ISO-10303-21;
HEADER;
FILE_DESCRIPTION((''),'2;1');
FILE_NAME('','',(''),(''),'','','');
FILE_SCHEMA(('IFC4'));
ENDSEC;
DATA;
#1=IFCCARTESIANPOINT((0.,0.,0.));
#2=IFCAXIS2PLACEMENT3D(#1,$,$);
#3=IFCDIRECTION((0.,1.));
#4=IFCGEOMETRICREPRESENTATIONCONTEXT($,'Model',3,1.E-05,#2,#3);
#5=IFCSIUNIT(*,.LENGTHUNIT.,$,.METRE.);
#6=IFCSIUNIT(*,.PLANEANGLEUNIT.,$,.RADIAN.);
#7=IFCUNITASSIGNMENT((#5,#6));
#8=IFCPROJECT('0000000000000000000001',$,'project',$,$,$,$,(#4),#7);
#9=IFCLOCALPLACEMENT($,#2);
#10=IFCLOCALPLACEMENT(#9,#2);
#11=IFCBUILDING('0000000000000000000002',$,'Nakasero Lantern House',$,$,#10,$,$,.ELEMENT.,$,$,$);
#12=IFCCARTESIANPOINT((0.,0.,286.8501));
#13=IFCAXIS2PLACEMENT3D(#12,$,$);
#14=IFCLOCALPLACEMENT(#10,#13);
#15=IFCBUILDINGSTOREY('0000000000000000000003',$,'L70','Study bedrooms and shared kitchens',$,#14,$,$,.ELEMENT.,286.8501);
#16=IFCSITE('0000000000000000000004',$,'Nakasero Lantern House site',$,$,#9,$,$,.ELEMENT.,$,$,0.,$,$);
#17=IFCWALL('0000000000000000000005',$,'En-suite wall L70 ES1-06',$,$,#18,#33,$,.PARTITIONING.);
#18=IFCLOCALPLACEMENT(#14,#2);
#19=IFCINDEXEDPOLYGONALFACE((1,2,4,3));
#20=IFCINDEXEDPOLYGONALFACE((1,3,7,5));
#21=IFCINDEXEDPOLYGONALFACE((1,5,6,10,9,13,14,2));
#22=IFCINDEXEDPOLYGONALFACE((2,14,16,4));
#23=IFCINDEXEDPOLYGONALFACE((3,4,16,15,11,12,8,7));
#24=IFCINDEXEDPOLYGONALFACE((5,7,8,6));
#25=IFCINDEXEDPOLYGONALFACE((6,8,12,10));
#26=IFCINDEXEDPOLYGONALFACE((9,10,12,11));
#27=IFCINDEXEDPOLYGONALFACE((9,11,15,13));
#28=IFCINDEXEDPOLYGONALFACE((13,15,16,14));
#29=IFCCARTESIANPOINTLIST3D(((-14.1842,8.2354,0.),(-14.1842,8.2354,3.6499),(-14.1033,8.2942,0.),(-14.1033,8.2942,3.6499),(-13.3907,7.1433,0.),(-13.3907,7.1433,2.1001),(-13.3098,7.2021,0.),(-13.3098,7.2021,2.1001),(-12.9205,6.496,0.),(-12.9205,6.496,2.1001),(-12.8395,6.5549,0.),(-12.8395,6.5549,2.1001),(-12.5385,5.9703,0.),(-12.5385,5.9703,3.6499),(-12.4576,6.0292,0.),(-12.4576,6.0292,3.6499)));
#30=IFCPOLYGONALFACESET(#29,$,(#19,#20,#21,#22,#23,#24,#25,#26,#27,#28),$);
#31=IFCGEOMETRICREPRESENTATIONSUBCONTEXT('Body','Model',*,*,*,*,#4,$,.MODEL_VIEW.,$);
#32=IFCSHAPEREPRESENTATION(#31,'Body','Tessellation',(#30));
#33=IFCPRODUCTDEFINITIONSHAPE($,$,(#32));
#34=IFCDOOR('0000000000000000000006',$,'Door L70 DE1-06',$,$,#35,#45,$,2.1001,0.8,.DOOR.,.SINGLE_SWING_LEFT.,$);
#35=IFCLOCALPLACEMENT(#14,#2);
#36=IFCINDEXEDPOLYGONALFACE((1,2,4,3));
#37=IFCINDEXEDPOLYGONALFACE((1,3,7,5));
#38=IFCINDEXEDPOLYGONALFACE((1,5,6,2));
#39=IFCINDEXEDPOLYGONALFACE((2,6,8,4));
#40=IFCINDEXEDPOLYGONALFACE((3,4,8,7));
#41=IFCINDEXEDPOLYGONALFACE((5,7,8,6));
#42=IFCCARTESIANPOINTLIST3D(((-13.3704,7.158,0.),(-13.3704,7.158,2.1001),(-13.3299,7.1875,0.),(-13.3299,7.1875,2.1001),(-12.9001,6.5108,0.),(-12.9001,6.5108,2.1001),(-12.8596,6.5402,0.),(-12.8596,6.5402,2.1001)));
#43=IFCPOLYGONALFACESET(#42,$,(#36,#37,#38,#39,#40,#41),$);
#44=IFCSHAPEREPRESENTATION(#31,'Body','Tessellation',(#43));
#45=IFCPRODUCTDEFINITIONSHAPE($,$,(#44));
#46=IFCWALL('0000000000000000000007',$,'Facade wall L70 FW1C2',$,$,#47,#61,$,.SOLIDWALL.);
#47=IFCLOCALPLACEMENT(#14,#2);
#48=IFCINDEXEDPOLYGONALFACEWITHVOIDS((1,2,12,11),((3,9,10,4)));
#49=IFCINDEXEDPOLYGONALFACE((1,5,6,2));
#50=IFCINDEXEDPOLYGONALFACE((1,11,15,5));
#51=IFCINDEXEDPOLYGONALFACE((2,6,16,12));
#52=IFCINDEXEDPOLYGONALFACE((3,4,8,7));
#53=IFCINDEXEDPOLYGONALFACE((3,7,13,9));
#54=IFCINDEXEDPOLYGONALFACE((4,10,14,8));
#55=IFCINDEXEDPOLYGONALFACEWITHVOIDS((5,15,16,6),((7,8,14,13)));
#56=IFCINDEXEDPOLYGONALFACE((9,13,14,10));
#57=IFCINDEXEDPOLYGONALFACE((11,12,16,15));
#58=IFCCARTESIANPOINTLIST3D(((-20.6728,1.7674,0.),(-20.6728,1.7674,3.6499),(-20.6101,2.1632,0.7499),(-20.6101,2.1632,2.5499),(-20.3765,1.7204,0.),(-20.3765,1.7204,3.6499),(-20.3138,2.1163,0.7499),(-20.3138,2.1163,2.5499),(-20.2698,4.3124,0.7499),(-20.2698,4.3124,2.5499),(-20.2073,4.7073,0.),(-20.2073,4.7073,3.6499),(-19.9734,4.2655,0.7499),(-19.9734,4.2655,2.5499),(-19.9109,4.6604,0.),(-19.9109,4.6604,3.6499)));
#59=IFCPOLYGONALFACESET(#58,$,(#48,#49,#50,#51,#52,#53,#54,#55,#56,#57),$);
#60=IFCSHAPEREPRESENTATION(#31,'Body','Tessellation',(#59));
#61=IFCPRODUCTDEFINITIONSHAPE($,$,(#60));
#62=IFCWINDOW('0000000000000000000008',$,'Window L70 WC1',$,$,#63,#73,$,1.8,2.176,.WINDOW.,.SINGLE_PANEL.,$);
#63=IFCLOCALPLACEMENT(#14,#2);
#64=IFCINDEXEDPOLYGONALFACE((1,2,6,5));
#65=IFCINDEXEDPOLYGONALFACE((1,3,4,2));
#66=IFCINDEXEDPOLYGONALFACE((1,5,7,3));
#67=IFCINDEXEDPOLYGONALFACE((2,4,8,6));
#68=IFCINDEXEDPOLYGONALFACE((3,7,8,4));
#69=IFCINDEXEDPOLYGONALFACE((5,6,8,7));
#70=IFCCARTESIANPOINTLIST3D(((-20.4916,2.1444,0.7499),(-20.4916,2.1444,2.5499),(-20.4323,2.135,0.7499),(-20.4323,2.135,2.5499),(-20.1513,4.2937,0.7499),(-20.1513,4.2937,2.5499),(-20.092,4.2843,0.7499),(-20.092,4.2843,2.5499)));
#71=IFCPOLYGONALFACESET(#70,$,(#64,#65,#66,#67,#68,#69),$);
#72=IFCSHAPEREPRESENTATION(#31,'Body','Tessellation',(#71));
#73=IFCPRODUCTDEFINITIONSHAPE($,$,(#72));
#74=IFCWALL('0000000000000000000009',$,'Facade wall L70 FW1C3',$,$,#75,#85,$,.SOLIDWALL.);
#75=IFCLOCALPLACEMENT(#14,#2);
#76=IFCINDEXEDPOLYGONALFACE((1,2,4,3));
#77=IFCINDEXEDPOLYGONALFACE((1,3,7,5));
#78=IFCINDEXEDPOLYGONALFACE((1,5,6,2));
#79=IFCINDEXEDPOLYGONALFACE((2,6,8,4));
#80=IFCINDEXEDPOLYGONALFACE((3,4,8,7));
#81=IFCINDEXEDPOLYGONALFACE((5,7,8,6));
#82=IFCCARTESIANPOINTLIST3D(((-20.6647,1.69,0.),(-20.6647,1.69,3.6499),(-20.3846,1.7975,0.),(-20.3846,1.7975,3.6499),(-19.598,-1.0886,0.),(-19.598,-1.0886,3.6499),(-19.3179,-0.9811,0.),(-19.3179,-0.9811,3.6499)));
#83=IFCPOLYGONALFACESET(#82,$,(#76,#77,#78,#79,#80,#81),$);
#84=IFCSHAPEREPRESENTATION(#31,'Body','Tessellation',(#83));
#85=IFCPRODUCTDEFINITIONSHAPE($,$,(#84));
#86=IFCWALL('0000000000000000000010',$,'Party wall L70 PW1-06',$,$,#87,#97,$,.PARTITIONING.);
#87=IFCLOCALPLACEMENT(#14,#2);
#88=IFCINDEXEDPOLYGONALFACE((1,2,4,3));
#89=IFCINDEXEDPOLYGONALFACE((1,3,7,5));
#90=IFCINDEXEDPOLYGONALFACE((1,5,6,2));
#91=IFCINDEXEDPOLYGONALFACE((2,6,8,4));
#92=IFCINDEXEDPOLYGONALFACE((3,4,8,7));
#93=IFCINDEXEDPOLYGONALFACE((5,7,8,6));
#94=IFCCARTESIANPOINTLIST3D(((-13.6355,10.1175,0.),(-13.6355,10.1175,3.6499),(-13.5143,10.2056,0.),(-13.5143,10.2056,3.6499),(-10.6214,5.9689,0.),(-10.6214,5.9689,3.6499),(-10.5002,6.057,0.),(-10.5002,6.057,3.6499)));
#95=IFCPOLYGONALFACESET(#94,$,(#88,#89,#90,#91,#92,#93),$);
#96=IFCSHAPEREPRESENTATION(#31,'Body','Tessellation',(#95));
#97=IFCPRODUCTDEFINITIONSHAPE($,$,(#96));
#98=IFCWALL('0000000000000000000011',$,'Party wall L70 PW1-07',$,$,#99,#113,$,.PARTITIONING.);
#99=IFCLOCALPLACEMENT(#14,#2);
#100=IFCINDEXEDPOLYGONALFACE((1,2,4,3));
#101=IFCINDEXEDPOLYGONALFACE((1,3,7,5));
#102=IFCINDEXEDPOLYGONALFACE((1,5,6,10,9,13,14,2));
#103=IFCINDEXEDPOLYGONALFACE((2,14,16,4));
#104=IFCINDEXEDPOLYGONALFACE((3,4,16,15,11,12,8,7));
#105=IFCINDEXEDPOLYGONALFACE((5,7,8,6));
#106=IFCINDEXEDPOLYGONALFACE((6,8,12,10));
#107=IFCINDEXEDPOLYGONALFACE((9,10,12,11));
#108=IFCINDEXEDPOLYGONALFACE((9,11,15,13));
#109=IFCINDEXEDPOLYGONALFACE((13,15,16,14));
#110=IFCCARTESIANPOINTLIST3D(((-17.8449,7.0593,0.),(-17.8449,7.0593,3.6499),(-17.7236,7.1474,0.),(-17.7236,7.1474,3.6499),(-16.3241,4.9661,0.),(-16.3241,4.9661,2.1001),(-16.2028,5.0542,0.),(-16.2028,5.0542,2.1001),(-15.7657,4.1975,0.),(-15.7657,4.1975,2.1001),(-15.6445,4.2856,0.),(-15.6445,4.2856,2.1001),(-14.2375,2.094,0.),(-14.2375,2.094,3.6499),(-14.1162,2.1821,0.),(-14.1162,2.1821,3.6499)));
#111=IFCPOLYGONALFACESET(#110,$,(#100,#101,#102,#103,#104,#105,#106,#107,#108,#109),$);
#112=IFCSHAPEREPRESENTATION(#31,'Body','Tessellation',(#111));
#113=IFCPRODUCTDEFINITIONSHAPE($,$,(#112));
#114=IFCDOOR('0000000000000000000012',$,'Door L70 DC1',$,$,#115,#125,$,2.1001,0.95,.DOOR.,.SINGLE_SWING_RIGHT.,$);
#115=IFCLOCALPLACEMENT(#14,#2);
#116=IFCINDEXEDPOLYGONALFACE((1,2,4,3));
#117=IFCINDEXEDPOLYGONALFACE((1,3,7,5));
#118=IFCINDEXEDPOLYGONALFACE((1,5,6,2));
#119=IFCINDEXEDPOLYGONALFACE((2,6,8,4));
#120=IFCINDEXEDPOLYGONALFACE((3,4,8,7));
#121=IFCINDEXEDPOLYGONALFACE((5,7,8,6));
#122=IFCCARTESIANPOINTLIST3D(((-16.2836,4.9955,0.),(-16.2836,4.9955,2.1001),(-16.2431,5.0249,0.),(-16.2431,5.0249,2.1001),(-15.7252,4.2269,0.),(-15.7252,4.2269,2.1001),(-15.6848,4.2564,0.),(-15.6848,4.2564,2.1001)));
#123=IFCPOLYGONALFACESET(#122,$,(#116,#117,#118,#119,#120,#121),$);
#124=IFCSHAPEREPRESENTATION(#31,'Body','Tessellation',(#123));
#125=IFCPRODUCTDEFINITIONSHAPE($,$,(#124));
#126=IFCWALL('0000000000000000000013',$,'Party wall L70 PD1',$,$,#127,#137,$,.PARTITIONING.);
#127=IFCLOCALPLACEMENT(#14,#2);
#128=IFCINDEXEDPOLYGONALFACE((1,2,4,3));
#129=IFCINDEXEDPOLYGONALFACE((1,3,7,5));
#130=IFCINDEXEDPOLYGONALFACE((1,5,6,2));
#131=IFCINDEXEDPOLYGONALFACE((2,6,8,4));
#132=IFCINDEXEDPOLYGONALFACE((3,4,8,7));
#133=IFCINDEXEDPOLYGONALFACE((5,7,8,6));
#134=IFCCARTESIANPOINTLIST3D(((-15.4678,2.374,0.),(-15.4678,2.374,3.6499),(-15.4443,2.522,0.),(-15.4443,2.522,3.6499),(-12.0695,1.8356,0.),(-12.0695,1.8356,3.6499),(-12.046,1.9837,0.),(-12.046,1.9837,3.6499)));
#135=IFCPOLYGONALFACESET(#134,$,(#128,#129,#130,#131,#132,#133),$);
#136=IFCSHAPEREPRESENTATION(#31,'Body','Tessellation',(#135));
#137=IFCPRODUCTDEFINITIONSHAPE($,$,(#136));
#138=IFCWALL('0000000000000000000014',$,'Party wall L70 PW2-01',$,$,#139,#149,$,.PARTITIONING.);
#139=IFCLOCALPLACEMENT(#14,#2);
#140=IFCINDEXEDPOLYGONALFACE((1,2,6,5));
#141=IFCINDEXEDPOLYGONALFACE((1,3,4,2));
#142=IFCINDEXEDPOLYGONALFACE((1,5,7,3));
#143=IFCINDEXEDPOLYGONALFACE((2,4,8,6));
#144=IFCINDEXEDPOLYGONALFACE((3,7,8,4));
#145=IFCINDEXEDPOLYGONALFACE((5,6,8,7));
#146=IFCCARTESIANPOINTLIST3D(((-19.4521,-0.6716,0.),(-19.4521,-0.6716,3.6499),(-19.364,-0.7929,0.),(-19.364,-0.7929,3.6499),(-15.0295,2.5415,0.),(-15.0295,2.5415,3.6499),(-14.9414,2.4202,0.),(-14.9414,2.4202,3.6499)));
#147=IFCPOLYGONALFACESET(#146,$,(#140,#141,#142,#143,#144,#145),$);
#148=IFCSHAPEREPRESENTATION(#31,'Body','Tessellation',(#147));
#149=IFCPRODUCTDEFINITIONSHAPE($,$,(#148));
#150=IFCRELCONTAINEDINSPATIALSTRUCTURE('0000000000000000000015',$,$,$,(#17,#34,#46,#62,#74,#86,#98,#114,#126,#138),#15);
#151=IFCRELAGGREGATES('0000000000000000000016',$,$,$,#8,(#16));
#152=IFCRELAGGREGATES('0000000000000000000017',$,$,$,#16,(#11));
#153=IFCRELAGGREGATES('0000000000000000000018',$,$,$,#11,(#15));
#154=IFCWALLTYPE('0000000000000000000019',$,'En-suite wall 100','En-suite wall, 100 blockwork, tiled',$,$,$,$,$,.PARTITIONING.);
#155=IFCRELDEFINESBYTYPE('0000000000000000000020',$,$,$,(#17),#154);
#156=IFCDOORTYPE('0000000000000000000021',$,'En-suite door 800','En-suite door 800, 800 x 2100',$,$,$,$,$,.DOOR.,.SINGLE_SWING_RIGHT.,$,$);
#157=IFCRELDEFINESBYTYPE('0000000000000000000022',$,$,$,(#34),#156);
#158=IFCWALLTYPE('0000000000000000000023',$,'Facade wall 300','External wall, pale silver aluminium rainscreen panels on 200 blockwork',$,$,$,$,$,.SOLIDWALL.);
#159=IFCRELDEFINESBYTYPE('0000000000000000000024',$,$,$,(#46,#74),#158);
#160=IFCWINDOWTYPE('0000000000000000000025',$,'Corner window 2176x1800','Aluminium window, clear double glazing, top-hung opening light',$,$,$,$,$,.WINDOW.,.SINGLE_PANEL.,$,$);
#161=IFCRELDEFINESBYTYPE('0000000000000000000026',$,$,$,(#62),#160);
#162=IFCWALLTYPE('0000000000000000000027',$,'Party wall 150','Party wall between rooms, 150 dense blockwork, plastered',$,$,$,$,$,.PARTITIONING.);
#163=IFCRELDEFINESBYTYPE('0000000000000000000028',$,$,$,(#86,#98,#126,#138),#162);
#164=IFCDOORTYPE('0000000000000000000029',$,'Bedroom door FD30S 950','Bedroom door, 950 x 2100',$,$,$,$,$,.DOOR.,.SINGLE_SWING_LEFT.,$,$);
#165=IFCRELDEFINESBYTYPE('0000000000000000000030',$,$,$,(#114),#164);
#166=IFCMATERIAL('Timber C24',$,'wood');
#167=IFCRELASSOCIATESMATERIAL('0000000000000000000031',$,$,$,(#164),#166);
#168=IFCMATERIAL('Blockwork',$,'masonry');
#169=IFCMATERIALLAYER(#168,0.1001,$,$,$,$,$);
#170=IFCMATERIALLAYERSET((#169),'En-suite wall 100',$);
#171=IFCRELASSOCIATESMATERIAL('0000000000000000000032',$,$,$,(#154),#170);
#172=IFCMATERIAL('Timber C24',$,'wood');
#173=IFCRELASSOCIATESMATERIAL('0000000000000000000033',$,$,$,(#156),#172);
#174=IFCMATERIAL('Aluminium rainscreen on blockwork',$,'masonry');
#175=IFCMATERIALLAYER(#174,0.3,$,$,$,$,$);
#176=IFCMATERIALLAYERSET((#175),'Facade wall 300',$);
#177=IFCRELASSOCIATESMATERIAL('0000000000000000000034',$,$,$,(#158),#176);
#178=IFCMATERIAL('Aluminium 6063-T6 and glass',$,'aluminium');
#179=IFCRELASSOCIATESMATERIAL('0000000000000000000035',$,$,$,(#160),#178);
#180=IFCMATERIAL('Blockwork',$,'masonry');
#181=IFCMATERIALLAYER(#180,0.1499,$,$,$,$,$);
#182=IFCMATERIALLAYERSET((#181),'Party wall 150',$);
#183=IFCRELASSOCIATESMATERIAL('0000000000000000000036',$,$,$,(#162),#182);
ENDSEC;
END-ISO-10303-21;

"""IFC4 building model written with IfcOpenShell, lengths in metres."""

from ifc_helpers import new_model, si_unit, direction, frame, frame_2d, origin, place, context, subcontext, project, spatial, rectangle, extrude, material, layer, layer_set, type_object, element, fill, save


model = new_model("IFC4")

# Units and contexts
model_context = context("Model", 3, precision=1e-05, world=origin(), true_north=direction((0.0, 1.0)))
body_context = subcontext(model_context, "Body", "Model", "MODEL_VIEW")
ifc_project = project(units=[si_unit("LENGTHUNIT", "METRE"), si_unit("PLANEANGLEUNIT", "RADIAN")], contexts=[model_context])

# Site, building, storey
site_placement = place(None, origin())
site = spatial("IfcSite", under=ifc_project, at=site_placement, Name="Nakasero Lantern House site", CompositionType="ELEMENT", RefElevation=0.0)
building_placement = place(site_placement, origin())
building = spatial("IfcBuilding", under=site, at=building_placement, Name="Nakasero Lantern House", CompositionType="ELEMENT")
storey_placement = place(building_placement, frame((0.0, 0.0, 286.8501)))
storey = spatial("IfcBuildingStorey", under=building, at=storey_placement, Name="L70", Description="Study bedrooms and shared kitchens", CompositionType="ELEMENT", Elevation=286.8501)

# Wall, opening, door
ifc_material_1 = material(Name="Timber C24", Category="wood")
door_type_1 = type_object("IfcDoorType", Name="Bedroom door FD30S 950", Description="Bedroom door, 950 x 2100", OperationType="SINGLE_SWING_LEFT", PredefinedType="DOOR", material=ifc_material_1)
ifc_material_2 = material(Name="Blockwork", Category="masonry")
ifc_layer_1 = layer(ifc_material_2, 0.1001)
ifc_layer_set_1 = layer_set([ifc_layer_1], Name="En-suite wall 100")
wall_type_1 = type_object("IfcWallType", Name="En-suite wall 100", Description="En-suite wall, 100 blockwork, tiled", PredefinedType="PARTITIONING", material=ifc_layer_set_1)
wall_1_placement = place(storey_placement, frame((-12.498, 5.9998, 0.0), z_axis=(0.0, 0.0, 1.0), x_axis=(-0.587793, 0.809011, 0.0)))
wall_1 = element("IfcWall", 1, at=wall_1_placement, inside=storey, type_object=wall_type_1, Name="En-suite wall L70 ES1-06", PredefinedType="PARTITIONING", context=body_context, shape_type="SweptSolid", body=[
    extrude(rectangle(XDim=2.7998, YDim=0.1001, at=frame_2d((1.3999, 0.0))), origin(), (0.0, 0.0, 1.0), 3.6499),
])
opening_1_placement = place(wall_1_placement, frame((0.6499, 0.0, 0.0)))
opening_1 = element("IfcOpeningElement", 2, at=opening_1_placement, cuts=wall_1, PredefinedType="OPENING", context=body_context, shape_type="SweptSolid", body=[
    extrude(rectangle(XDim=0.8, YDim=2.1001, at=frame_2d((0.3999, 1.05))), frame((0.0, 0.0701, 0.0), z_axis=(0.0, -1.0, 0.0), x_axis=(1.0, 0.0, 0.0)), (0.0, 0.0, 1.0), 0.1401),
])
ifc_material_3 = material(Name="Timber C24", Category="wood")
door_type_2 = type_object("IfcDoorType", Name="En-suite door 800", Description="En-suite door 800, 800 x 2100", OperationType="SINGLE_SWING_RIGHT", PredefinedType="DOOR", material=ifc_material_3)
door_1_placement = place(opening_1_placement, origin())
door_1 = element("IfcDoor", 3, at=door_1_placement, inside=storey, type_object=door_type_2, Name="Door L70 DE1-06", OperationType="SINGLE_SWING_LEFT", OverallHeight=2.1001, OverallWidth=0.8, PredefinedType="DOOR", context=body_context, shape_type="SweptSolid", body=[
    extrude(rectangle(XDim=0.8, YDim=2.1001, at=frame_2d((0.3999, 1.05))), frame((0.0, 0.0249, 0.0), z_axis=(0.0, -1.0, 0.0), x_axis=(1.0, 0.0, 0.0)), (0.0, 0.0, 1.0), 0.05),
])
fill(opening_1, door_1)

# Wall, opening, window
ifc_material_4 = material(Name="Aluminium rainscreen on blockwork", Category="masonry")
ifc_layer_2 = layer(ifc_material_4, 0.3)
ifc_layer_set_2 = layer_set([ifc_layer_2], Name="Facade wall 300")
wall_type_2 = type_object("IfcWallType", Name="Facade wall 300", Description="External wall, pale silver aluminium rainscreen panels on 200 blockwork", PredefinedType="SOLIDWALL", material=ifc_layer_set_2)
wall_2_placement = place(storey_placement, frame((-20.0591, 4.6838, 0.0), z_axis=(0.0, 0.0, 1.0), x_axis=(-0.156413, -0.987692, 0.0)))
wall_2 = element("IfcWall", 4, at=wall_2_placement, inside=storey, type_object=wall_type_2, Name="Facade wall L70 FW1C2", PredefinedType="SOLIDWALL", context=body_context, shape_type="SweptSolid", body=[
    extrude(rectangle(XDim=2.9766, YDim=0.3, at=frame_2d((1.4883, 0.0))), origin(), (0.0, 0.0, 1.0), 3.6499),
])
opening_2_placement = place(wall_2_placement, frame((0.3999, 0.0, 0.75)))
opening_2 = element("IfcOpeningElement", 5, at=opening_2_placement, cuts=wall_2, PredefinedType="OPENING", context=body_context, shape_type="SweptSolid", body=[
    extrude(rectangle(XDim=2.176, YDim=1.8, at=frame_2d((1.0879, 0.8999))), frame((0.0, 0.1699, 0.0), z_axis=(0.0, -1.0, 0.0), x_axis=(1.0, 0.0, 0.0)), (0.0, 0.0, 1.0), 0.3401),
])
ifc_material_5 = material(Name="Aluminium 6063-T6 and glass", Category="aluminium")
window_type = type_object("IfcWindowType", Name="Corner window 2176x1800", Description="Aluminium window, clear double glazing, top-hung opening light", PartitioningType="SINGLE_PANEL", PredefinedType="WINDOW", material=ifc_material_5)
window_placement = place(opening_2_placement, origin())
window = element("IfcWindow", 6, at=window_placement, inside=storey, type_object=window_type, Name="Window L70 WC1", OverallHeight=1.8, OverallWidth=2.176, PartitioningType="SINGLE_PANEL", PredefinedType="WINDOW", context=body_context, shape_type="SweptSolid", body=[
    extrude(rectangle(XDim=2.176, YDim=1.8, at=frame_2d((1.0879, 0.8999))), frame((0.0, 0.03, 0.0), z_axis=(0.0, -1.0, 0.0), x_axis=(1.0, 0.0, 0.0)), (0.0, 0.0, 1.0), 0.0601),
])
fill(opening_2, window)

# Walls
wall_3_placement = place(storey_placement, frame((-20.5247, 1.7439, 0.0), z_axis=(0.0, 0.0, 1.0), x_axis=(0.358385, -0.933574, 0.0)))
element("IfcWall", 7, at=wall_3_placement, inside=storey, type_object=wall_type_2, Name="Facade wall L70 FW1C3", PredefinedType="SOLIDWALL", context=body_context, shape_type="SweptSolid", body=[
    extrude(rectangle(XDim=2.9763, YDim=0.3, at=frame_2d((1.4883, 0.0))), origin(), (0.0, 0.0, 1.0), 3.6499),
])
ifc_material_6 = material(Name="Blockwork", Category="masonry")
ifc_layer_3 = layer(ifc_material_6, 0.1499)
ifc_layer_set_3 = layer_set([ifc_layer_3], Name="Party wall 150")
wall_type_3 = type_object("IfcWallType", Name="Party wall 150", Description="Party wall between rooms, 150 dense blockwork, plastered", PredefinedType="PARTITIONING", material=ifc_layer_set_3)
wall_4_placement = place(storey_placement, frame((-10.5608, 6.0129, 0.0), z_axis=(0.0, 0.0, 1.0), x_axis=(-0.587781, 0.80902, 0.0)))
element("IfcWall", 8, at=wall_4_placement, inside=storey, type_object=wall_type_3, Name="Party wall L70 PW1-06", PredefinedType="PARTITIONING", context=body_context, shape_type="SweptSolid", body=[
    extrude(rectangle(XDim=5.1279, YDim=0.1499, at=frame_2d((2.564, 0.0))), origin(), (0.0, 0.0, 1.0), 3.6499),
])

# Wall, opening, door
wall_5_placement = place(storey_placement, frame((-14.1768, 2.1379, 0.0), z_axis=(0.0, 0.0, 1.0), x_axis=(-0.587774, 0.809025, 0.0)))
wall_5 = element("IfcWall", 9, at=wall_5_placement, inside=storey, type_object=wall_type_3, Name="Party wall L70 PW1-07", PredefinedType="PARTITIONING", context=body_context, shape_type="SweptSolid", body=[
    extrude(rectangle(XDim=6.1375, YDim=0.1499, at=frame_2d((3.0688, 0.0))), origin(), (0.0, 0.0, 1.0), 3.6499),
])
opening_3_placement = place(wall_5_placement, frame((2.6001, 0.0, 0.0)))
opening_3 = element("IfcOpeningElement", 10, at=opening_3_placement, cuts=wall_5, PredefinedType="OPENING", context=body_context, shape_type="SweptSolid", body=[
    extrude(rectangle(XDim=0.95, YDim=2.1001, at=frame_2d((0.4751, 1.05))), frame((0.0, 0.095, 0.0), z_axis=(0.0, -1.0, 0.0), x_axis=(1.0, 0.0, 0.0)), (0.0, 0.0, 1.0), 0.1899),
])
door_2_placement = place(opening_3_placement, origin())
door_2 = element("IfcDoor", 11, at=door_2_placement, inside=storey, type_object=door_type_1, Name="Door L70 DC1", OperationType="SINGLE_SWING_RIGHT", OverallHeight=2.1001, OverallWidth=0.95, PredefinedType="DOOR", context=body_context, shape_type="SweptSolid", body=[
    extrude(rectangle(XDim=0.95, YDim=2.1001, at=frame_2d((0.4751, 1.05))), frame((0.0, 0.0249, 0.0), z_axis=(0.0, -1.0, 0.0), x_axis=(1.0, 0.0, 0.0)), (0.0, 0.0, 1.0), 0.05),
])
fill(opening_3, door_2)

# Walls
wall_6_placement = place(storey_placement, frame((-12.0579, 1.9097, 0.0), z_axis=(0.0, 0.0, 1.0), x_axis=(-0.987683, 0.156465, 0.0)))
element("IfcWall", 12, at=wall_6_placement, inside=storey, type_object=wall_type_3, Name="Party wall L70 PD1", PredefinedType="PARTITIONING", context=body_context, shape_type="SweptSolid", body=[
    extrude(rectangle(XDim=3.4407, YDim=0.1499, at=frame_2d((1.7202, 0.0))), origin(), (0.0, 0.0, 1.0), 3.6499),
])
wall_7_placement = place(storey_placement, frame((-14.9854, 2.481, 0.0), z_axis=(0.0, 0.0, 1.0), x_axis=(-0.809024, -0.587776, 0.0)))
element("IfcWall", 13, at=wall_7_placement, inside=storey, type_object=wall_type_3, Name="Party wall L70 PW2-01", PredefinedType="PARTITIONING", context=body_context, shape_type="SweptSolid", body=[
    extrude(rectangle(XDim=5.4666, YDim=0.1499, at=frame_2d((2.7334, 0.0))), origin(), (0.0, 0.0, 1.0), 3.6499),
])

save(model, "model.ifc")
